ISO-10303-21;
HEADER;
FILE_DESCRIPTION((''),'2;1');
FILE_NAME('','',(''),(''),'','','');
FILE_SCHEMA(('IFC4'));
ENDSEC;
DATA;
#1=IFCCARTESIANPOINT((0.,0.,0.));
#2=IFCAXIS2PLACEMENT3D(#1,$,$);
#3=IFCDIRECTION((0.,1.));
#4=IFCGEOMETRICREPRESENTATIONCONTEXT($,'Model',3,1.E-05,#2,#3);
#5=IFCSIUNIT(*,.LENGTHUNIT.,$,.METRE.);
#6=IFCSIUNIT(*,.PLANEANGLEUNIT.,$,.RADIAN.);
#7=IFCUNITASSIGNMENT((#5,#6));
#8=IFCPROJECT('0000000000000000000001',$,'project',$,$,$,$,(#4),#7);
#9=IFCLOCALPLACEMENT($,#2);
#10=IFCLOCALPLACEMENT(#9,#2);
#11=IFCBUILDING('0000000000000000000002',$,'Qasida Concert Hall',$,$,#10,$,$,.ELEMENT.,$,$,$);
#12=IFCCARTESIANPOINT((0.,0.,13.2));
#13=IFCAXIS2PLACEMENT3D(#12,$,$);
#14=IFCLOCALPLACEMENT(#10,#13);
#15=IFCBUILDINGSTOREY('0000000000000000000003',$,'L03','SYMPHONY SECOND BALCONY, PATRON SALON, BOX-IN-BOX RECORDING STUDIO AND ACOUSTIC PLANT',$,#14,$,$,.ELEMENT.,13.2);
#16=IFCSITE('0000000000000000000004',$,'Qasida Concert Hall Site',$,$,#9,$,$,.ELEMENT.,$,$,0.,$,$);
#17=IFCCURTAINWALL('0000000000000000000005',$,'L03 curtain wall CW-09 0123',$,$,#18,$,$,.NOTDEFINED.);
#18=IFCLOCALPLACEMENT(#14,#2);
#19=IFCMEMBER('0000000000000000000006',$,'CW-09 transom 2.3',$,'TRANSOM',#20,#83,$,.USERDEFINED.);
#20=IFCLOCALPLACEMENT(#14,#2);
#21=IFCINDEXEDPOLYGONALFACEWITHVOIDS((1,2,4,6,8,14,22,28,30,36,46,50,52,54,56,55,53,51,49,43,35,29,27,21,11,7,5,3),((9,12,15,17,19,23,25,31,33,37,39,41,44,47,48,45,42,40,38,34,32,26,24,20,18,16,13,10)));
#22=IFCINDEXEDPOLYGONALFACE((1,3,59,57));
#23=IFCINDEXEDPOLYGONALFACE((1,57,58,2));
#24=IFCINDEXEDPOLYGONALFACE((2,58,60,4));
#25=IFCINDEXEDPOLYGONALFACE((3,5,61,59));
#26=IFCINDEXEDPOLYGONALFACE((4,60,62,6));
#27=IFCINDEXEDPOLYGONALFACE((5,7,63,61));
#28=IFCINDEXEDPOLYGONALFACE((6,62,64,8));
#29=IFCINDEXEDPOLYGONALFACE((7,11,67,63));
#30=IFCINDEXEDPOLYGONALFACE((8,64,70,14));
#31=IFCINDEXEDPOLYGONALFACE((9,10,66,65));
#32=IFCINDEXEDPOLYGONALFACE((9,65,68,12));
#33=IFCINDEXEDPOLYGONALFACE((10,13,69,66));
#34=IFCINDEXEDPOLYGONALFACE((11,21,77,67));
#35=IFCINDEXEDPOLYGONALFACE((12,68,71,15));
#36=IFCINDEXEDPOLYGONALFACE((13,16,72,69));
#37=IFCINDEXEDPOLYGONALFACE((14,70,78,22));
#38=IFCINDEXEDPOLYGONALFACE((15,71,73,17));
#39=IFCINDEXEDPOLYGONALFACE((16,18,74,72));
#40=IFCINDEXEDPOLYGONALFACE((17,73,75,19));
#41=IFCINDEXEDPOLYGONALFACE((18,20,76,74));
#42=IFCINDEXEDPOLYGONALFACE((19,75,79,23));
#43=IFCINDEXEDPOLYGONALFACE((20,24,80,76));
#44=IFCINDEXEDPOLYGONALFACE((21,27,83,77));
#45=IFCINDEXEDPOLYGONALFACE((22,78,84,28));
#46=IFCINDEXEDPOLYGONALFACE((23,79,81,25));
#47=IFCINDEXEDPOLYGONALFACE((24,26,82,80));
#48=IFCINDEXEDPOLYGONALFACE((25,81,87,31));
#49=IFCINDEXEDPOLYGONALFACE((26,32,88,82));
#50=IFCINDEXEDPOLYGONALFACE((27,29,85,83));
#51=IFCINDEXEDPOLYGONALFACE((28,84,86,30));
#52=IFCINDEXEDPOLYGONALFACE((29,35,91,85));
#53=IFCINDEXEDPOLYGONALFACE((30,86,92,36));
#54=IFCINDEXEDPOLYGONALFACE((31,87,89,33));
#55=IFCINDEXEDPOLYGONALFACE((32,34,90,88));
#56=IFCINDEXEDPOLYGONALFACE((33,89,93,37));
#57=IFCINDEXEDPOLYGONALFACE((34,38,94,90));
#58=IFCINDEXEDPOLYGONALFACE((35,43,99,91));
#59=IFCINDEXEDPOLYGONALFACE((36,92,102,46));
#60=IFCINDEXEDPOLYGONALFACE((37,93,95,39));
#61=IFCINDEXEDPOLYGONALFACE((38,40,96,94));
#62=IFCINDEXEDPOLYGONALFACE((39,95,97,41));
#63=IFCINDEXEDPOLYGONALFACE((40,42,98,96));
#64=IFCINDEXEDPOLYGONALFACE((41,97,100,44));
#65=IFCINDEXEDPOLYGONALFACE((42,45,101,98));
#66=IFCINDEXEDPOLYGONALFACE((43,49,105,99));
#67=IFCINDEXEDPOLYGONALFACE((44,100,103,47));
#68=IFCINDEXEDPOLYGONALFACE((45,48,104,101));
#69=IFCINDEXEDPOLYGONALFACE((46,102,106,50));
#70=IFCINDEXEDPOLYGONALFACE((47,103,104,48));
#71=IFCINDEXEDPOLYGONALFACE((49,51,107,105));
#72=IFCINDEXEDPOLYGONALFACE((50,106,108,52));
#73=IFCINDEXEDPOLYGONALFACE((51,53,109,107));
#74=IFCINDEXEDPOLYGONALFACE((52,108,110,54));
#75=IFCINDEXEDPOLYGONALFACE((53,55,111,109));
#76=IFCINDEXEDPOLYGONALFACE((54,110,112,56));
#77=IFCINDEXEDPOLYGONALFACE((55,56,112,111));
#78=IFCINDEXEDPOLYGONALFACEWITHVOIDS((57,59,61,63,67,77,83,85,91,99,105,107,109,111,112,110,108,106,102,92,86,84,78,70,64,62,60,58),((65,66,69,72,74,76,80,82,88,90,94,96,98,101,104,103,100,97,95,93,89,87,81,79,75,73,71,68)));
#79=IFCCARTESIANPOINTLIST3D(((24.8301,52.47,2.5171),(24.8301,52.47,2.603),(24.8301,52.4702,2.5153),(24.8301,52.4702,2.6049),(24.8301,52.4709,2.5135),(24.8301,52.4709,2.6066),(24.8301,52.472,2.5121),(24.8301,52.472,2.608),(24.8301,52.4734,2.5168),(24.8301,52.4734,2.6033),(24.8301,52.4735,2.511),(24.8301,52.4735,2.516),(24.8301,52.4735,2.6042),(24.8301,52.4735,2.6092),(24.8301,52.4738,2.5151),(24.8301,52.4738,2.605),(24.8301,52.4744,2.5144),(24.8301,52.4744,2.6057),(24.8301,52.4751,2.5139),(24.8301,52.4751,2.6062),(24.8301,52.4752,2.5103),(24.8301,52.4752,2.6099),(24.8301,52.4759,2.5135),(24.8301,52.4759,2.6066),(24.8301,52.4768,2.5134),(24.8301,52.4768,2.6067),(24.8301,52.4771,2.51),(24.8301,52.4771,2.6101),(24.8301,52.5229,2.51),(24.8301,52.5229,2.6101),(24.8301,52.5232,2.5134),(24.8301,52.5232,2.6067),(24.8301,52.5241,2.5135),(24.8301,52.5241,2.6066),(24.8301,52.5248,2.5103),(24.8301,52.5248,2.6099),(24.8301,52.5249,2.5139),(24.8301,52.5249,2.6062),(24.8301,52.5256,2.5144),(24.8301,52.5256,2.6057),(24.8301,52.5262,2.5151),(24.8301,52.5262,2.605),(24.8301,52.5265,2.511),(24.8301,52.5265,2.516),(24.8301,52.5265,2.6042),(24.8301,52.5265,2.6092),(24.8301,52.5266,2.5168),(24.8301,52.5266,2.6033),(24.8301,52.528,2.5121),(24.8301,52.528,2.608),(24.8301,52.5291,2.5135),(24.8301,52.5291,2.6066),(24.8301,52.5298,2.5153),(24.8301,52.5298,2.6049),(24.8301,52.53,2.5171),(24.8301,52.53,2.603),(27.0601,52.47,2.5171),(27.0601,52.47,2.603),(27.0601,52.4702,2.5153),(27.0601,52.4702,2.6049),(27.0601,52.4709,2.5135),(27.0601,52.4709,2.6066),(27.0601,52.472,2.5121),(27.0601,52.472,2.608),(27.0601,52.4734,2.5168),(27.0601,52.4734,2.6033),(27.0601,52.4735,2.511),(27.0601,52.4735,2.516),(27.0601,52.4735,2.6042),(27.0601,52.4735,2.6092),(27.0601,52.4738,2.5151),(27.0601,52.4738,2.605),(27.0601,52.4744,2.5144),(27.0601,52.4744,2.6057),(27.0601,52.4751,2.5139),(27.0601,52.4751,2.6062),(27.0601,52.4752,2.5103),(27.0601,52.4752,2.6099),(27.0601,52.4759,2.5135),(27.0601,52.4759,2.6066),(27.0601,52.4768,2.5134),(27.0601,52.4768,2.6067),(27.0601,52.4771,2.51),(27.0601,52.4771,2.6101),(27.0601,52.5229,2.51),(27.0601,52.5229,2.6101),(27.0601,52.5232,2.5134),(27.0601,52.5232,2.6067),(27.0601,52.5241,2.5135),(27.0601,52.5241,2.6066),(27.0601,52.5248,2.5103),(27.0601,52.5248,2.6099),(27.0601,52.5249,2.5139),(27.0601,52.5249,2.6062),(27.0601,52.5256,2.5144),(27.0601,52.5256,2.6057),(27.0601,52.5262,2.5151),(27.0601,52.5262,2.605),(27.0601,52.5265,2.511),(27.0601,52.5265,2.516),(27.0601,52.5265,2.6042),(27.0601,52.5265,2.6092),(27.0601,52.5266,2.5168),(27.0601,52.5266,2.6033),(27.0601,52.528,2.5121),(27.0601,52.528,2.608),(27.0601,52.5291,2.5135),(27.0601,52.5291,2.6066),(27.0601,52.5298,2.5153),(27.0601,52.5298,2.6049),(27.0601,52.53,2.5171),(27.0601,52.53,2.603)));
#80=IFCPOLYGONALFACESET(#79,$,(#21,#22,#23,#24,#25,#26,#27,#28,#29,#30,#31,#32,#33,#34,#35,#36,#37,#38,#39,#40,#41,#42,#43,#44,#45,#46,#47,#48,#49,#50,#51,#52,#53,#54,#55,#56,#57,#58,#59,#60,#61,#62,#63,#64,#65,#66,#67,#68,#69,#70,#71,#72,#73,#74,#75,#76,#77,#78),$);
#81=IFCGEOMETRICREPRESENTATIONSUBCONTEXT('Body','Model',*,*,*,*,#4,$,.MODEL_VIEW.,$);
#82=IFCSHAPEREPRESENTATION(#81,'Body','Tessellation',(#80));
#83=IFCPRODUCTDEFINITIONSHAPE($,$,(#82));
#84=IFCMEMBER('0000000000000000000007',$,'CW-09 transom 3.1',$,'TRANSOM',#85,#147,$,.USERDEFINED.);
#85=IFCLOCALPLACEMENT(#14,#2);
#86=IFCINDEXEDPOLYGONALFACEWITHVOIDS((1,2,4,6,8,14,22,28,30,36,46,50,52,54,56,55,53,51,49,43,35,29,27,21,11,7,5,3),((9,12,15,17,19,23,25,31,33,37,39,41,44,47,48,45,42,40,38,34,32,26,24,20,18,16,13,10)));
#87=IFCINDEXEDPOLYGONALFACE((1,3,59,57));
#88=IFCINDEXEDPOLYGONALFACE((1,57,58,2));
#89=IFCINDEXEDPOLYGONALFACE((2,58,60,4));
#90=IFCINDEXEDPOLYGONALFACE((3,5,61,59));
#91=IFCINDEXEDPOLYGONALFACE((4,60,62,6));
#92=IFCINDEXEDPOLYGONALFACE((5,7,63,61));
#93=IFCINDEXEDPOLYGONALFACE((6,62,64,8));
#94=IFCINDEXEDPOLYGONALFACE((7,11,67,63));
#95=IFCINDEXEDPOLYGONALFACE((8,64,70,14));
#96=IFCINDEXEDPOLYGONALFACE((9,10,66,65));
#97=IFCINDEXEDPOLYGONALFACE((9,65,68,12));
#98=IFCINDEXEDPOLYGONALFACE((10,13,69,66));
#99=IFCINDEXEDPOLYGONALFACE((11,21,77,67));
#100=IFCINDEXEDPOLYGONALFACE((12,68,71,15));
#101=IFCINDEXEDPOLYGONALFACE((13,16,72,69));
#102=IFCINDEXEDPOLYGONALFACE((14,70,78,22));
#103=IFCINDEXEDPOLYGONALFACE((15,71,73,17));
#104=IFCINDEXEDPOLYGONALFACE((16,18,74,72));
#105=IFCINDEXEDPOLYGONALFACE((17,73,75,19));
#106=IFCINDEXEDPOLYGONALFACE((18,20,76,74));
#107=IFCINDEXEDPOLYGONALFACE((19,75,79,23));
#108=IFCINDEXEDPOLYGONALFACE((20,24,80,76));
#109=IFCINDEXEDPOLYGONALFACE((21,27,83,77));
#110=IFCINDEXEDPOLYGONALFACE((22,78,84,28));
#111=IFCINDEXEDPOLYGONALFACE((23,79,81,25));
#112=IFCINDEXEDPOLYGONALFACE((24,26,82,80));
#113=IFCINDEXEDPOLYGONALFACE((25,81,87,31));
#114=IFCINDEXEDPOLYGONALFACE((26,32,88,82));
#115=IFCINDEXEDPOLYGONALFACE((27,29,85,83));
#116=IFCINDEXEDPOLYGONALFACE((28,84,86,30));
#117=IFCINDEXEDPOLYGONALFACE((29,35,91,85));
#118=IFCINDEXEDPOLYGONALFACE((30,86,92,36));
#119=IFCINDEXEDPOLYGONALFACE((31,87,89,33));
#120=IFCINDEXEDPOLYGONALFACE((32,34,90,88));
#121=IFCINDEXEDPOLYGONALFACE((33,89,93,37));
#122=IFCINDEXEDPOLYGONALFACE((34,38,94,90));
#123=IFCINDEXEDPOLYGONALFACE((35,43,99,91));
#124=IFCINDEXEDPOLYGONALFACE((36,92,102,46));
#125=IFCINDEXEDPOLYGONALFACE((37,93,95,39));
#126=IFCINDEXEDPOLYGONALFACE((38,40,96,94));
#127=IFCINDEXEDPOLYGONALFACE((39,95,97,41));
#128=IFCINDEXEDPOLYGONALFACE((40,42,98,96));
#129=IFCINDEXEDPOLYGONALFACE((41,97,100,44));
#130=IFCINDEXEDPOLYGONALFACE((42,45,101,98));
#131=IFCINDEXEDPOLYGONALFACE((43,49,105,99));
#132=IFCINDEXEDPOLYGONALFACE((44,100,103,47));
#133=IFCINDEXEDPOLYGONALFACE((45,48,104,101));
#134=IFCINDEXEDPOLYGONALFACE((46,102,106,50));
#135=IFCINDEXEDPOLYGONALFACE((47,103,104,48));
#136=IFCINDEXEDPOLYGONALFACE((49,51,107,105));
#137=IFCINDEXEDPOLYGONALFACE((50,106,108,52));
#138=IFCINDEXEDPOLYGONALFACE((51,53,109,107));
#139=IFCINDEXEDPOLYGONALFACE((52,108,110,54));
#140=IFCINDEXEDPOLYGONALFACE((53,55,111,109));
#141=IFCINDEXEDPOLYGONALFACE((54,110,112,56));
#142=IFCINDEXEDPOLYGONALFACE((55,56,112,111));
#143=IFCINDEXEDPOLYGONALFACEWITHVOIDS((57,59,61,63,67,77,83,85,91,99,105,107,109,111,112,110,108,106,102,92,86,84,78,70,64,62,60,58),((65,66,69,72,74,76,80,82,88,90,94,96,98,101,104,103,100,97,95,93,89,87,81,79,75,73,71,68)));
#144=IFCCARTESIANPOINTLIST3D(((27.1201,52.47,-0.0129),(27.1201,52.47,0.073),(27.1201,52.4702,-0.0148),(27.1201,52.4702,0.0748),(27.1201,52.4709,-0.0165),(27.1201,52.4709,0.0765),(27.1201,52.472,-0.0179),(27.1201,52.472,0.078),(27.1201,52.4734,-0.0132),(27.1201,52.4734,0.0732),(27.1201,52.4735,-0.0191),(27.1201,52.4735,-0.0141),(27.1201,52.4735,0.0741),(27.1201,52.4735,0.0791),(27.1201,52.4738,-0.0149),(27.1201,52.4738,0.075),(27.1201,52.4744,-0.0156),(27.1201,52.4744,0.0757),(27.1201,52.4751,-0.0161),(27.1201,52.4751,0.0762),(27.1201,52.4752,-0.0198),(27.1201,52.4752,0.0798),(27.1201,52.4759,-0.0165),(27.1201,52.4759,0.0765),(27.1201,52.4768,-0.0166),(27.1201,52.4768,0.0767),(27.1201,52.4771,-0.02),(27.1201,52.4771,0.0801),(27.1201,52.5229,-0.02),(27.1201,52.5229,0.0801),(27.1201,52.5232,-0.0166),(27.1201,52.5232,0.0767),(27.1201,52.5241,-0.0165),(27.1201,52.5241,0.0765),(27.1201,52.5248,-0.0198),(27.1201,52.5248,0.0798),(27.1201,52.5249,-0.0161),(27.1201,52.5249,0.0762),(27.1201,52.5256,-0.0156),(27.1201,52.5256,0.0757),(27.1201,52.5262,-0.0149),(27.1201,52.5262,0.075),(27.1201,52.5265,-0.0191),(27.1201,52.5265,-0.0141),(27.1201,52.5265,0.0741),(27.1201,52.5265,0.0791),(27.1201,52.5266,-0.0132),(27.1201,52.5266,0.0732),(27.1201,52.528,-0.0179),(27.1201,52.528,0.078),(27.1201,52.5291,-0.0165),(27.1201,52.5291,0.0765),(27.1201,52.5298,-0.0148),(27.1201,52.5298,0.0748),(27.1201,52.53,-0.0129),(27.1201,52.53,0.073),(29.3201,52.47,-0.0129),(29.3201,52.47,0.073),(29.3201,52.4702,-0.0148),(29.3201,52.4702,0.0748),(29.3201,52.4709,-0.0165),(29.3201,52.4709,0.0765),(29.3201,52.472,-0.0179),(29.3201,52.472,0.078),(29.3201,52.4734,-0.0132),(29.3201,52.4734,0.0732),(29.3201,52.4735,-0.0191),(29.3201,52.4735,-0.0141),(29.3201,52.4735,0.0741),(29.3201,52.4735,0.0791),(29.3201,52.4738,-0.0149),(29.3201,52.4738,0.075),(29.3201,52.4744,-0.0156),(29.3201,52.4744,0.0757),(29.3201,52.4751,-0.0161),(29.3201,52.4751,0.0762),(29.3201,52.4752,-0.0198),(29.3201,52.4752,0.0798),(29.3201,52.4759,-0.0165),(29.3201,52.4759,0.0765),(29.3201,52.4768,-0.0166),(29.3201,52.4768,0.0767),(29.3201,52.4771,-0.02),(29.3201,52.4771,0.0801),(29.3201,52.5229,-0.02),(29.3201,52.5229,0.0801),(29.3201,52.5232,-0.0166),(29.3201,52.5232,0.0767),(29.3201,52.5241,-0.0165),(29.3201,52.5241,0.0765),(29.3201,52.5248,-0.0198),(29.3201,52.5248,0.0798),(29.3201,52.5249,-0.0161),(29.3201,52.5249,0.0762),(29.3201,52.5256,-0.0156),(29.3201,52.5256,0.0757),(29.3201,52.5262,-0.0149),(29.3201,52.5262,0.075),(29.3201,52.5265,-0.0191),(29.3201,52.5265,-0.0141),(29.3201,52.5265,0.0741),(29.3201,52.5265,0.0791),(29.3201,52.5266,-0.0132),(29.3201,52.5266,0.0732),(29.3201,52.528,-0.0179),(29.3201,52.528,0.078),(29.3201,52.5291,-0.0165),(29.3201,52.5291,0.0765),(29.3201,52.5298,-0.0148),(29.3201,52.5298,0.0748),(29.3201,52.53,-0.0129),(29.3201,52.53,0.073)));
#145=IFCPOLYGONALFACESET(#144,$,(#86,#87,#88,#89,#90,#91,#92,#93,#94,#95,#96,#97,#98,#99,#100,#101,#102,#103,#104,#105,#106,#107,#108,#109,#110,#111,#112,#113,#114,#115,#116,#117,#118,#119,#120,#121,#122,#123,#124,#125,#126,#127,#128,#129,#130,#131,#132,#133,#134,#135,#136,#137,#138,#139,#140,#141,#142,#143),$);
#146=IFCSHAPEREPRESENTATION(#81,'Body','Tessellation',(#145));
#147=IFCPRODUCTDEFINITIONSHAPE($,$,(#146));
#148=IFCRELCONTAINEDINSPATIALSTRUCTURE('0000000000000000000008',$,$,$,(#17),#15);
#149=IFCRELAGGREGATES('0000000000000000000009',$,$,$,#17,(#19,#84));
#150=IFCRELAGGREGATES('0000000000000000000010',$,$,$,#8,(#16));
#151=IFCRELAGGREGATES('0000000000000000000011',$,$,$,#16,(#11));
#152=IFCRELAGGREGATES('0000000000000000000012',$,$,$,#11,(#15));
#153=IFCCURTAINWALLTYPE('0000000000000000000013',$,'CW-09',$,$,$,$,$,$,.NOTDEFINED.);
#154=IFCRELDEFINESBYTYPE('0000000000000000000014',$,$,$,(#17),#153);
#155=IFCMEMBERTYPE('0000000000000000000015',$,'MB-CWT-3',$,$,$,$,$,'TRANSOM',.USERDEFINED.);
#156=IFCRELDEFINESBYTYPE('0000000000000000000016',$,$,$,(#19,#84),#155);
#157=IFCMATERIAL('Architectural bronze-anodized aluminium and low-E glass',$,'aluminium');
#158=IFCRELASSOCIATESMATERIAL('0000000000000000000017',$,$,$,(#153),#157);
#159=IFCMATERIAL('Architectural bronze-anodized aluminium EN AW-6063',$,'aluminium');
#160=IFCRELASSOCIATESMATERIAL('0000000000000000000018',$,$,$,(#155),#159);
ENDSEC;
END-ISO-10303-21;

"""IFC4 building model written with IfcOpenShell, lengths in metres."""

from ifc_helpers import new_model, si_unit, direction, frame, origin, origin_2d, place, context, subcontext, project, spatial, hollow_rectangle, extrude, material, material_profile, profile_set, type_object, element, aggregate, save


model = new_model("IFC4")

# Units and contexts
model_context = context("Model", 3, precision=1e-05, world=origin(), true_north=direction((0.0, 1.0)))
body_context = subcontext(model_context, "Body", "Model", "MODEL_VIEW")
ifc_project = project(units=[si_unit("LENGTHUNIT", "METRE"), si_unit("PLANEANGLEUNIT", "RADIAN")], contexts=[model_context])

# Site, building, storey
site_placement = place(None, origin())
site = spatial("IfcSite", under=ifc_project, at=site_placement, Name="Qasida Concert Hall Site", CompositionType="ELEMENT", RefElevation=0.0)
building_placement = place(site_placement, origin())
building = spatial("IfcBuilding", under=site, at=building_placement, Name="Qasida Concert Hall", CompositionType="ELEMENT")
storey_placement = place(building_placement, frame((0.0, 0.0, 13.2)))
storey = spatial("IfcBuildingStorey", under=building, at=storey_placement, Name="L03", Description="SYMPHONY SECOND BALCONY, PATRON SALON, BOX-IN-BOX RECORDING STUDIO AND ACOUSTIC PLANT", CompositionType="ELEMENT", Elevation=13.2)

# Shared definitions
ifc_material_1 = material(Name="Architectural bronze-anodized aluminium and low-E glass", Category="aluminium")
curtain_wall_type = type_object("IfcCurtainWallType", Name="CW-09", PredefinedType="NOTDEFINED", material=ifc_material_1)
ifc_material_2 = material(Name="Architectural bronze-anodized aluminium EN AW-6063", Category="aluminium")

# Curtain wall
curtain_wall_1_placement = place(storey_placement, origin())
curtain_wall_1 = element("IfcCurtainWall", 1, at=curtain_wall_1_placement, inside=storey, type_object=curtain_wall_type, Name="L03 curtain wall CW-09 0123", PredefinedType="NOTDEFINED")

# Members
ifc_material_profile_1 = material_profile(ifc_material_2, hollow_rectangle(XDim=0.0601, YDim=0.1001, WallThickness=0.0034, InnerFilletRadius=0.0034, OuterFilletRadius=0.0071, at=origin_2d()), Name="CWT 100x60x3.5")
ifc_profile_set_1 = profile_set([ifc_material_profile_1], Name="Architectural bronze-anodized aluminium EN AW-6063")
member_type_1 = type_object("IfcMemberType", Name="MB-CWT-3", ElementType="TRANSOM", PredefinedType="USERDEFINED", material=ifc_profile_set_1)
member_1_placement = place(storey_placement, frame((24.8301, 52.5, 2.5601), z_axis=(1.0, 0.0, 0.0), x_axis=(0.0, 1.0, 0.0)))
member_1 = element("IfcMember", 2, at=member_1_placement, type_object=member_type_1, Name="CW-09 transom 2.3", ObjectType="TRANSOM", PredefinedType="USERDEFINED", context=body_context, shape_type="SweptSolid", body=[
    extrude(hollow_rectangle(XDim=0.0601, YDim=0.1001, WallThickness=0.0034, InnerFilletRadius=0.0034, OuterFilletRadius=0.0071, at=origin_2d()), origin(), (0.0, 0.0, 1.0), 2.23),
])
member_2_placement = place(storey_placement, frame((27.1201, 52.5, 0.03), z_axis=(1.0, 0.0, 0.0), x_axis=(0.0, 1.0, 0.0)))
member_2 = element("IfcMember", 3, at=member_2_placement, type_object=member_type_1, Name="CW-09 transom 3.1", ObjectType="TRANSOM", PredefinedType="USERDEFINED", context=body_context, shape_type="SweptSolid", body=[
    extrude(hollow_rectangle(XDim=0.0601, YDim=0.1001, WallThickness=0.0034, InnerFilletRadius=0.0034, OuterFilletRadius=0.0071, at=origin_2d()), origin(), (0.0, 0.0, 1.0), 2.2),
])

aggregate(curtain_wall_1, [member_1, member_2])

save(model, "model.ifc")
